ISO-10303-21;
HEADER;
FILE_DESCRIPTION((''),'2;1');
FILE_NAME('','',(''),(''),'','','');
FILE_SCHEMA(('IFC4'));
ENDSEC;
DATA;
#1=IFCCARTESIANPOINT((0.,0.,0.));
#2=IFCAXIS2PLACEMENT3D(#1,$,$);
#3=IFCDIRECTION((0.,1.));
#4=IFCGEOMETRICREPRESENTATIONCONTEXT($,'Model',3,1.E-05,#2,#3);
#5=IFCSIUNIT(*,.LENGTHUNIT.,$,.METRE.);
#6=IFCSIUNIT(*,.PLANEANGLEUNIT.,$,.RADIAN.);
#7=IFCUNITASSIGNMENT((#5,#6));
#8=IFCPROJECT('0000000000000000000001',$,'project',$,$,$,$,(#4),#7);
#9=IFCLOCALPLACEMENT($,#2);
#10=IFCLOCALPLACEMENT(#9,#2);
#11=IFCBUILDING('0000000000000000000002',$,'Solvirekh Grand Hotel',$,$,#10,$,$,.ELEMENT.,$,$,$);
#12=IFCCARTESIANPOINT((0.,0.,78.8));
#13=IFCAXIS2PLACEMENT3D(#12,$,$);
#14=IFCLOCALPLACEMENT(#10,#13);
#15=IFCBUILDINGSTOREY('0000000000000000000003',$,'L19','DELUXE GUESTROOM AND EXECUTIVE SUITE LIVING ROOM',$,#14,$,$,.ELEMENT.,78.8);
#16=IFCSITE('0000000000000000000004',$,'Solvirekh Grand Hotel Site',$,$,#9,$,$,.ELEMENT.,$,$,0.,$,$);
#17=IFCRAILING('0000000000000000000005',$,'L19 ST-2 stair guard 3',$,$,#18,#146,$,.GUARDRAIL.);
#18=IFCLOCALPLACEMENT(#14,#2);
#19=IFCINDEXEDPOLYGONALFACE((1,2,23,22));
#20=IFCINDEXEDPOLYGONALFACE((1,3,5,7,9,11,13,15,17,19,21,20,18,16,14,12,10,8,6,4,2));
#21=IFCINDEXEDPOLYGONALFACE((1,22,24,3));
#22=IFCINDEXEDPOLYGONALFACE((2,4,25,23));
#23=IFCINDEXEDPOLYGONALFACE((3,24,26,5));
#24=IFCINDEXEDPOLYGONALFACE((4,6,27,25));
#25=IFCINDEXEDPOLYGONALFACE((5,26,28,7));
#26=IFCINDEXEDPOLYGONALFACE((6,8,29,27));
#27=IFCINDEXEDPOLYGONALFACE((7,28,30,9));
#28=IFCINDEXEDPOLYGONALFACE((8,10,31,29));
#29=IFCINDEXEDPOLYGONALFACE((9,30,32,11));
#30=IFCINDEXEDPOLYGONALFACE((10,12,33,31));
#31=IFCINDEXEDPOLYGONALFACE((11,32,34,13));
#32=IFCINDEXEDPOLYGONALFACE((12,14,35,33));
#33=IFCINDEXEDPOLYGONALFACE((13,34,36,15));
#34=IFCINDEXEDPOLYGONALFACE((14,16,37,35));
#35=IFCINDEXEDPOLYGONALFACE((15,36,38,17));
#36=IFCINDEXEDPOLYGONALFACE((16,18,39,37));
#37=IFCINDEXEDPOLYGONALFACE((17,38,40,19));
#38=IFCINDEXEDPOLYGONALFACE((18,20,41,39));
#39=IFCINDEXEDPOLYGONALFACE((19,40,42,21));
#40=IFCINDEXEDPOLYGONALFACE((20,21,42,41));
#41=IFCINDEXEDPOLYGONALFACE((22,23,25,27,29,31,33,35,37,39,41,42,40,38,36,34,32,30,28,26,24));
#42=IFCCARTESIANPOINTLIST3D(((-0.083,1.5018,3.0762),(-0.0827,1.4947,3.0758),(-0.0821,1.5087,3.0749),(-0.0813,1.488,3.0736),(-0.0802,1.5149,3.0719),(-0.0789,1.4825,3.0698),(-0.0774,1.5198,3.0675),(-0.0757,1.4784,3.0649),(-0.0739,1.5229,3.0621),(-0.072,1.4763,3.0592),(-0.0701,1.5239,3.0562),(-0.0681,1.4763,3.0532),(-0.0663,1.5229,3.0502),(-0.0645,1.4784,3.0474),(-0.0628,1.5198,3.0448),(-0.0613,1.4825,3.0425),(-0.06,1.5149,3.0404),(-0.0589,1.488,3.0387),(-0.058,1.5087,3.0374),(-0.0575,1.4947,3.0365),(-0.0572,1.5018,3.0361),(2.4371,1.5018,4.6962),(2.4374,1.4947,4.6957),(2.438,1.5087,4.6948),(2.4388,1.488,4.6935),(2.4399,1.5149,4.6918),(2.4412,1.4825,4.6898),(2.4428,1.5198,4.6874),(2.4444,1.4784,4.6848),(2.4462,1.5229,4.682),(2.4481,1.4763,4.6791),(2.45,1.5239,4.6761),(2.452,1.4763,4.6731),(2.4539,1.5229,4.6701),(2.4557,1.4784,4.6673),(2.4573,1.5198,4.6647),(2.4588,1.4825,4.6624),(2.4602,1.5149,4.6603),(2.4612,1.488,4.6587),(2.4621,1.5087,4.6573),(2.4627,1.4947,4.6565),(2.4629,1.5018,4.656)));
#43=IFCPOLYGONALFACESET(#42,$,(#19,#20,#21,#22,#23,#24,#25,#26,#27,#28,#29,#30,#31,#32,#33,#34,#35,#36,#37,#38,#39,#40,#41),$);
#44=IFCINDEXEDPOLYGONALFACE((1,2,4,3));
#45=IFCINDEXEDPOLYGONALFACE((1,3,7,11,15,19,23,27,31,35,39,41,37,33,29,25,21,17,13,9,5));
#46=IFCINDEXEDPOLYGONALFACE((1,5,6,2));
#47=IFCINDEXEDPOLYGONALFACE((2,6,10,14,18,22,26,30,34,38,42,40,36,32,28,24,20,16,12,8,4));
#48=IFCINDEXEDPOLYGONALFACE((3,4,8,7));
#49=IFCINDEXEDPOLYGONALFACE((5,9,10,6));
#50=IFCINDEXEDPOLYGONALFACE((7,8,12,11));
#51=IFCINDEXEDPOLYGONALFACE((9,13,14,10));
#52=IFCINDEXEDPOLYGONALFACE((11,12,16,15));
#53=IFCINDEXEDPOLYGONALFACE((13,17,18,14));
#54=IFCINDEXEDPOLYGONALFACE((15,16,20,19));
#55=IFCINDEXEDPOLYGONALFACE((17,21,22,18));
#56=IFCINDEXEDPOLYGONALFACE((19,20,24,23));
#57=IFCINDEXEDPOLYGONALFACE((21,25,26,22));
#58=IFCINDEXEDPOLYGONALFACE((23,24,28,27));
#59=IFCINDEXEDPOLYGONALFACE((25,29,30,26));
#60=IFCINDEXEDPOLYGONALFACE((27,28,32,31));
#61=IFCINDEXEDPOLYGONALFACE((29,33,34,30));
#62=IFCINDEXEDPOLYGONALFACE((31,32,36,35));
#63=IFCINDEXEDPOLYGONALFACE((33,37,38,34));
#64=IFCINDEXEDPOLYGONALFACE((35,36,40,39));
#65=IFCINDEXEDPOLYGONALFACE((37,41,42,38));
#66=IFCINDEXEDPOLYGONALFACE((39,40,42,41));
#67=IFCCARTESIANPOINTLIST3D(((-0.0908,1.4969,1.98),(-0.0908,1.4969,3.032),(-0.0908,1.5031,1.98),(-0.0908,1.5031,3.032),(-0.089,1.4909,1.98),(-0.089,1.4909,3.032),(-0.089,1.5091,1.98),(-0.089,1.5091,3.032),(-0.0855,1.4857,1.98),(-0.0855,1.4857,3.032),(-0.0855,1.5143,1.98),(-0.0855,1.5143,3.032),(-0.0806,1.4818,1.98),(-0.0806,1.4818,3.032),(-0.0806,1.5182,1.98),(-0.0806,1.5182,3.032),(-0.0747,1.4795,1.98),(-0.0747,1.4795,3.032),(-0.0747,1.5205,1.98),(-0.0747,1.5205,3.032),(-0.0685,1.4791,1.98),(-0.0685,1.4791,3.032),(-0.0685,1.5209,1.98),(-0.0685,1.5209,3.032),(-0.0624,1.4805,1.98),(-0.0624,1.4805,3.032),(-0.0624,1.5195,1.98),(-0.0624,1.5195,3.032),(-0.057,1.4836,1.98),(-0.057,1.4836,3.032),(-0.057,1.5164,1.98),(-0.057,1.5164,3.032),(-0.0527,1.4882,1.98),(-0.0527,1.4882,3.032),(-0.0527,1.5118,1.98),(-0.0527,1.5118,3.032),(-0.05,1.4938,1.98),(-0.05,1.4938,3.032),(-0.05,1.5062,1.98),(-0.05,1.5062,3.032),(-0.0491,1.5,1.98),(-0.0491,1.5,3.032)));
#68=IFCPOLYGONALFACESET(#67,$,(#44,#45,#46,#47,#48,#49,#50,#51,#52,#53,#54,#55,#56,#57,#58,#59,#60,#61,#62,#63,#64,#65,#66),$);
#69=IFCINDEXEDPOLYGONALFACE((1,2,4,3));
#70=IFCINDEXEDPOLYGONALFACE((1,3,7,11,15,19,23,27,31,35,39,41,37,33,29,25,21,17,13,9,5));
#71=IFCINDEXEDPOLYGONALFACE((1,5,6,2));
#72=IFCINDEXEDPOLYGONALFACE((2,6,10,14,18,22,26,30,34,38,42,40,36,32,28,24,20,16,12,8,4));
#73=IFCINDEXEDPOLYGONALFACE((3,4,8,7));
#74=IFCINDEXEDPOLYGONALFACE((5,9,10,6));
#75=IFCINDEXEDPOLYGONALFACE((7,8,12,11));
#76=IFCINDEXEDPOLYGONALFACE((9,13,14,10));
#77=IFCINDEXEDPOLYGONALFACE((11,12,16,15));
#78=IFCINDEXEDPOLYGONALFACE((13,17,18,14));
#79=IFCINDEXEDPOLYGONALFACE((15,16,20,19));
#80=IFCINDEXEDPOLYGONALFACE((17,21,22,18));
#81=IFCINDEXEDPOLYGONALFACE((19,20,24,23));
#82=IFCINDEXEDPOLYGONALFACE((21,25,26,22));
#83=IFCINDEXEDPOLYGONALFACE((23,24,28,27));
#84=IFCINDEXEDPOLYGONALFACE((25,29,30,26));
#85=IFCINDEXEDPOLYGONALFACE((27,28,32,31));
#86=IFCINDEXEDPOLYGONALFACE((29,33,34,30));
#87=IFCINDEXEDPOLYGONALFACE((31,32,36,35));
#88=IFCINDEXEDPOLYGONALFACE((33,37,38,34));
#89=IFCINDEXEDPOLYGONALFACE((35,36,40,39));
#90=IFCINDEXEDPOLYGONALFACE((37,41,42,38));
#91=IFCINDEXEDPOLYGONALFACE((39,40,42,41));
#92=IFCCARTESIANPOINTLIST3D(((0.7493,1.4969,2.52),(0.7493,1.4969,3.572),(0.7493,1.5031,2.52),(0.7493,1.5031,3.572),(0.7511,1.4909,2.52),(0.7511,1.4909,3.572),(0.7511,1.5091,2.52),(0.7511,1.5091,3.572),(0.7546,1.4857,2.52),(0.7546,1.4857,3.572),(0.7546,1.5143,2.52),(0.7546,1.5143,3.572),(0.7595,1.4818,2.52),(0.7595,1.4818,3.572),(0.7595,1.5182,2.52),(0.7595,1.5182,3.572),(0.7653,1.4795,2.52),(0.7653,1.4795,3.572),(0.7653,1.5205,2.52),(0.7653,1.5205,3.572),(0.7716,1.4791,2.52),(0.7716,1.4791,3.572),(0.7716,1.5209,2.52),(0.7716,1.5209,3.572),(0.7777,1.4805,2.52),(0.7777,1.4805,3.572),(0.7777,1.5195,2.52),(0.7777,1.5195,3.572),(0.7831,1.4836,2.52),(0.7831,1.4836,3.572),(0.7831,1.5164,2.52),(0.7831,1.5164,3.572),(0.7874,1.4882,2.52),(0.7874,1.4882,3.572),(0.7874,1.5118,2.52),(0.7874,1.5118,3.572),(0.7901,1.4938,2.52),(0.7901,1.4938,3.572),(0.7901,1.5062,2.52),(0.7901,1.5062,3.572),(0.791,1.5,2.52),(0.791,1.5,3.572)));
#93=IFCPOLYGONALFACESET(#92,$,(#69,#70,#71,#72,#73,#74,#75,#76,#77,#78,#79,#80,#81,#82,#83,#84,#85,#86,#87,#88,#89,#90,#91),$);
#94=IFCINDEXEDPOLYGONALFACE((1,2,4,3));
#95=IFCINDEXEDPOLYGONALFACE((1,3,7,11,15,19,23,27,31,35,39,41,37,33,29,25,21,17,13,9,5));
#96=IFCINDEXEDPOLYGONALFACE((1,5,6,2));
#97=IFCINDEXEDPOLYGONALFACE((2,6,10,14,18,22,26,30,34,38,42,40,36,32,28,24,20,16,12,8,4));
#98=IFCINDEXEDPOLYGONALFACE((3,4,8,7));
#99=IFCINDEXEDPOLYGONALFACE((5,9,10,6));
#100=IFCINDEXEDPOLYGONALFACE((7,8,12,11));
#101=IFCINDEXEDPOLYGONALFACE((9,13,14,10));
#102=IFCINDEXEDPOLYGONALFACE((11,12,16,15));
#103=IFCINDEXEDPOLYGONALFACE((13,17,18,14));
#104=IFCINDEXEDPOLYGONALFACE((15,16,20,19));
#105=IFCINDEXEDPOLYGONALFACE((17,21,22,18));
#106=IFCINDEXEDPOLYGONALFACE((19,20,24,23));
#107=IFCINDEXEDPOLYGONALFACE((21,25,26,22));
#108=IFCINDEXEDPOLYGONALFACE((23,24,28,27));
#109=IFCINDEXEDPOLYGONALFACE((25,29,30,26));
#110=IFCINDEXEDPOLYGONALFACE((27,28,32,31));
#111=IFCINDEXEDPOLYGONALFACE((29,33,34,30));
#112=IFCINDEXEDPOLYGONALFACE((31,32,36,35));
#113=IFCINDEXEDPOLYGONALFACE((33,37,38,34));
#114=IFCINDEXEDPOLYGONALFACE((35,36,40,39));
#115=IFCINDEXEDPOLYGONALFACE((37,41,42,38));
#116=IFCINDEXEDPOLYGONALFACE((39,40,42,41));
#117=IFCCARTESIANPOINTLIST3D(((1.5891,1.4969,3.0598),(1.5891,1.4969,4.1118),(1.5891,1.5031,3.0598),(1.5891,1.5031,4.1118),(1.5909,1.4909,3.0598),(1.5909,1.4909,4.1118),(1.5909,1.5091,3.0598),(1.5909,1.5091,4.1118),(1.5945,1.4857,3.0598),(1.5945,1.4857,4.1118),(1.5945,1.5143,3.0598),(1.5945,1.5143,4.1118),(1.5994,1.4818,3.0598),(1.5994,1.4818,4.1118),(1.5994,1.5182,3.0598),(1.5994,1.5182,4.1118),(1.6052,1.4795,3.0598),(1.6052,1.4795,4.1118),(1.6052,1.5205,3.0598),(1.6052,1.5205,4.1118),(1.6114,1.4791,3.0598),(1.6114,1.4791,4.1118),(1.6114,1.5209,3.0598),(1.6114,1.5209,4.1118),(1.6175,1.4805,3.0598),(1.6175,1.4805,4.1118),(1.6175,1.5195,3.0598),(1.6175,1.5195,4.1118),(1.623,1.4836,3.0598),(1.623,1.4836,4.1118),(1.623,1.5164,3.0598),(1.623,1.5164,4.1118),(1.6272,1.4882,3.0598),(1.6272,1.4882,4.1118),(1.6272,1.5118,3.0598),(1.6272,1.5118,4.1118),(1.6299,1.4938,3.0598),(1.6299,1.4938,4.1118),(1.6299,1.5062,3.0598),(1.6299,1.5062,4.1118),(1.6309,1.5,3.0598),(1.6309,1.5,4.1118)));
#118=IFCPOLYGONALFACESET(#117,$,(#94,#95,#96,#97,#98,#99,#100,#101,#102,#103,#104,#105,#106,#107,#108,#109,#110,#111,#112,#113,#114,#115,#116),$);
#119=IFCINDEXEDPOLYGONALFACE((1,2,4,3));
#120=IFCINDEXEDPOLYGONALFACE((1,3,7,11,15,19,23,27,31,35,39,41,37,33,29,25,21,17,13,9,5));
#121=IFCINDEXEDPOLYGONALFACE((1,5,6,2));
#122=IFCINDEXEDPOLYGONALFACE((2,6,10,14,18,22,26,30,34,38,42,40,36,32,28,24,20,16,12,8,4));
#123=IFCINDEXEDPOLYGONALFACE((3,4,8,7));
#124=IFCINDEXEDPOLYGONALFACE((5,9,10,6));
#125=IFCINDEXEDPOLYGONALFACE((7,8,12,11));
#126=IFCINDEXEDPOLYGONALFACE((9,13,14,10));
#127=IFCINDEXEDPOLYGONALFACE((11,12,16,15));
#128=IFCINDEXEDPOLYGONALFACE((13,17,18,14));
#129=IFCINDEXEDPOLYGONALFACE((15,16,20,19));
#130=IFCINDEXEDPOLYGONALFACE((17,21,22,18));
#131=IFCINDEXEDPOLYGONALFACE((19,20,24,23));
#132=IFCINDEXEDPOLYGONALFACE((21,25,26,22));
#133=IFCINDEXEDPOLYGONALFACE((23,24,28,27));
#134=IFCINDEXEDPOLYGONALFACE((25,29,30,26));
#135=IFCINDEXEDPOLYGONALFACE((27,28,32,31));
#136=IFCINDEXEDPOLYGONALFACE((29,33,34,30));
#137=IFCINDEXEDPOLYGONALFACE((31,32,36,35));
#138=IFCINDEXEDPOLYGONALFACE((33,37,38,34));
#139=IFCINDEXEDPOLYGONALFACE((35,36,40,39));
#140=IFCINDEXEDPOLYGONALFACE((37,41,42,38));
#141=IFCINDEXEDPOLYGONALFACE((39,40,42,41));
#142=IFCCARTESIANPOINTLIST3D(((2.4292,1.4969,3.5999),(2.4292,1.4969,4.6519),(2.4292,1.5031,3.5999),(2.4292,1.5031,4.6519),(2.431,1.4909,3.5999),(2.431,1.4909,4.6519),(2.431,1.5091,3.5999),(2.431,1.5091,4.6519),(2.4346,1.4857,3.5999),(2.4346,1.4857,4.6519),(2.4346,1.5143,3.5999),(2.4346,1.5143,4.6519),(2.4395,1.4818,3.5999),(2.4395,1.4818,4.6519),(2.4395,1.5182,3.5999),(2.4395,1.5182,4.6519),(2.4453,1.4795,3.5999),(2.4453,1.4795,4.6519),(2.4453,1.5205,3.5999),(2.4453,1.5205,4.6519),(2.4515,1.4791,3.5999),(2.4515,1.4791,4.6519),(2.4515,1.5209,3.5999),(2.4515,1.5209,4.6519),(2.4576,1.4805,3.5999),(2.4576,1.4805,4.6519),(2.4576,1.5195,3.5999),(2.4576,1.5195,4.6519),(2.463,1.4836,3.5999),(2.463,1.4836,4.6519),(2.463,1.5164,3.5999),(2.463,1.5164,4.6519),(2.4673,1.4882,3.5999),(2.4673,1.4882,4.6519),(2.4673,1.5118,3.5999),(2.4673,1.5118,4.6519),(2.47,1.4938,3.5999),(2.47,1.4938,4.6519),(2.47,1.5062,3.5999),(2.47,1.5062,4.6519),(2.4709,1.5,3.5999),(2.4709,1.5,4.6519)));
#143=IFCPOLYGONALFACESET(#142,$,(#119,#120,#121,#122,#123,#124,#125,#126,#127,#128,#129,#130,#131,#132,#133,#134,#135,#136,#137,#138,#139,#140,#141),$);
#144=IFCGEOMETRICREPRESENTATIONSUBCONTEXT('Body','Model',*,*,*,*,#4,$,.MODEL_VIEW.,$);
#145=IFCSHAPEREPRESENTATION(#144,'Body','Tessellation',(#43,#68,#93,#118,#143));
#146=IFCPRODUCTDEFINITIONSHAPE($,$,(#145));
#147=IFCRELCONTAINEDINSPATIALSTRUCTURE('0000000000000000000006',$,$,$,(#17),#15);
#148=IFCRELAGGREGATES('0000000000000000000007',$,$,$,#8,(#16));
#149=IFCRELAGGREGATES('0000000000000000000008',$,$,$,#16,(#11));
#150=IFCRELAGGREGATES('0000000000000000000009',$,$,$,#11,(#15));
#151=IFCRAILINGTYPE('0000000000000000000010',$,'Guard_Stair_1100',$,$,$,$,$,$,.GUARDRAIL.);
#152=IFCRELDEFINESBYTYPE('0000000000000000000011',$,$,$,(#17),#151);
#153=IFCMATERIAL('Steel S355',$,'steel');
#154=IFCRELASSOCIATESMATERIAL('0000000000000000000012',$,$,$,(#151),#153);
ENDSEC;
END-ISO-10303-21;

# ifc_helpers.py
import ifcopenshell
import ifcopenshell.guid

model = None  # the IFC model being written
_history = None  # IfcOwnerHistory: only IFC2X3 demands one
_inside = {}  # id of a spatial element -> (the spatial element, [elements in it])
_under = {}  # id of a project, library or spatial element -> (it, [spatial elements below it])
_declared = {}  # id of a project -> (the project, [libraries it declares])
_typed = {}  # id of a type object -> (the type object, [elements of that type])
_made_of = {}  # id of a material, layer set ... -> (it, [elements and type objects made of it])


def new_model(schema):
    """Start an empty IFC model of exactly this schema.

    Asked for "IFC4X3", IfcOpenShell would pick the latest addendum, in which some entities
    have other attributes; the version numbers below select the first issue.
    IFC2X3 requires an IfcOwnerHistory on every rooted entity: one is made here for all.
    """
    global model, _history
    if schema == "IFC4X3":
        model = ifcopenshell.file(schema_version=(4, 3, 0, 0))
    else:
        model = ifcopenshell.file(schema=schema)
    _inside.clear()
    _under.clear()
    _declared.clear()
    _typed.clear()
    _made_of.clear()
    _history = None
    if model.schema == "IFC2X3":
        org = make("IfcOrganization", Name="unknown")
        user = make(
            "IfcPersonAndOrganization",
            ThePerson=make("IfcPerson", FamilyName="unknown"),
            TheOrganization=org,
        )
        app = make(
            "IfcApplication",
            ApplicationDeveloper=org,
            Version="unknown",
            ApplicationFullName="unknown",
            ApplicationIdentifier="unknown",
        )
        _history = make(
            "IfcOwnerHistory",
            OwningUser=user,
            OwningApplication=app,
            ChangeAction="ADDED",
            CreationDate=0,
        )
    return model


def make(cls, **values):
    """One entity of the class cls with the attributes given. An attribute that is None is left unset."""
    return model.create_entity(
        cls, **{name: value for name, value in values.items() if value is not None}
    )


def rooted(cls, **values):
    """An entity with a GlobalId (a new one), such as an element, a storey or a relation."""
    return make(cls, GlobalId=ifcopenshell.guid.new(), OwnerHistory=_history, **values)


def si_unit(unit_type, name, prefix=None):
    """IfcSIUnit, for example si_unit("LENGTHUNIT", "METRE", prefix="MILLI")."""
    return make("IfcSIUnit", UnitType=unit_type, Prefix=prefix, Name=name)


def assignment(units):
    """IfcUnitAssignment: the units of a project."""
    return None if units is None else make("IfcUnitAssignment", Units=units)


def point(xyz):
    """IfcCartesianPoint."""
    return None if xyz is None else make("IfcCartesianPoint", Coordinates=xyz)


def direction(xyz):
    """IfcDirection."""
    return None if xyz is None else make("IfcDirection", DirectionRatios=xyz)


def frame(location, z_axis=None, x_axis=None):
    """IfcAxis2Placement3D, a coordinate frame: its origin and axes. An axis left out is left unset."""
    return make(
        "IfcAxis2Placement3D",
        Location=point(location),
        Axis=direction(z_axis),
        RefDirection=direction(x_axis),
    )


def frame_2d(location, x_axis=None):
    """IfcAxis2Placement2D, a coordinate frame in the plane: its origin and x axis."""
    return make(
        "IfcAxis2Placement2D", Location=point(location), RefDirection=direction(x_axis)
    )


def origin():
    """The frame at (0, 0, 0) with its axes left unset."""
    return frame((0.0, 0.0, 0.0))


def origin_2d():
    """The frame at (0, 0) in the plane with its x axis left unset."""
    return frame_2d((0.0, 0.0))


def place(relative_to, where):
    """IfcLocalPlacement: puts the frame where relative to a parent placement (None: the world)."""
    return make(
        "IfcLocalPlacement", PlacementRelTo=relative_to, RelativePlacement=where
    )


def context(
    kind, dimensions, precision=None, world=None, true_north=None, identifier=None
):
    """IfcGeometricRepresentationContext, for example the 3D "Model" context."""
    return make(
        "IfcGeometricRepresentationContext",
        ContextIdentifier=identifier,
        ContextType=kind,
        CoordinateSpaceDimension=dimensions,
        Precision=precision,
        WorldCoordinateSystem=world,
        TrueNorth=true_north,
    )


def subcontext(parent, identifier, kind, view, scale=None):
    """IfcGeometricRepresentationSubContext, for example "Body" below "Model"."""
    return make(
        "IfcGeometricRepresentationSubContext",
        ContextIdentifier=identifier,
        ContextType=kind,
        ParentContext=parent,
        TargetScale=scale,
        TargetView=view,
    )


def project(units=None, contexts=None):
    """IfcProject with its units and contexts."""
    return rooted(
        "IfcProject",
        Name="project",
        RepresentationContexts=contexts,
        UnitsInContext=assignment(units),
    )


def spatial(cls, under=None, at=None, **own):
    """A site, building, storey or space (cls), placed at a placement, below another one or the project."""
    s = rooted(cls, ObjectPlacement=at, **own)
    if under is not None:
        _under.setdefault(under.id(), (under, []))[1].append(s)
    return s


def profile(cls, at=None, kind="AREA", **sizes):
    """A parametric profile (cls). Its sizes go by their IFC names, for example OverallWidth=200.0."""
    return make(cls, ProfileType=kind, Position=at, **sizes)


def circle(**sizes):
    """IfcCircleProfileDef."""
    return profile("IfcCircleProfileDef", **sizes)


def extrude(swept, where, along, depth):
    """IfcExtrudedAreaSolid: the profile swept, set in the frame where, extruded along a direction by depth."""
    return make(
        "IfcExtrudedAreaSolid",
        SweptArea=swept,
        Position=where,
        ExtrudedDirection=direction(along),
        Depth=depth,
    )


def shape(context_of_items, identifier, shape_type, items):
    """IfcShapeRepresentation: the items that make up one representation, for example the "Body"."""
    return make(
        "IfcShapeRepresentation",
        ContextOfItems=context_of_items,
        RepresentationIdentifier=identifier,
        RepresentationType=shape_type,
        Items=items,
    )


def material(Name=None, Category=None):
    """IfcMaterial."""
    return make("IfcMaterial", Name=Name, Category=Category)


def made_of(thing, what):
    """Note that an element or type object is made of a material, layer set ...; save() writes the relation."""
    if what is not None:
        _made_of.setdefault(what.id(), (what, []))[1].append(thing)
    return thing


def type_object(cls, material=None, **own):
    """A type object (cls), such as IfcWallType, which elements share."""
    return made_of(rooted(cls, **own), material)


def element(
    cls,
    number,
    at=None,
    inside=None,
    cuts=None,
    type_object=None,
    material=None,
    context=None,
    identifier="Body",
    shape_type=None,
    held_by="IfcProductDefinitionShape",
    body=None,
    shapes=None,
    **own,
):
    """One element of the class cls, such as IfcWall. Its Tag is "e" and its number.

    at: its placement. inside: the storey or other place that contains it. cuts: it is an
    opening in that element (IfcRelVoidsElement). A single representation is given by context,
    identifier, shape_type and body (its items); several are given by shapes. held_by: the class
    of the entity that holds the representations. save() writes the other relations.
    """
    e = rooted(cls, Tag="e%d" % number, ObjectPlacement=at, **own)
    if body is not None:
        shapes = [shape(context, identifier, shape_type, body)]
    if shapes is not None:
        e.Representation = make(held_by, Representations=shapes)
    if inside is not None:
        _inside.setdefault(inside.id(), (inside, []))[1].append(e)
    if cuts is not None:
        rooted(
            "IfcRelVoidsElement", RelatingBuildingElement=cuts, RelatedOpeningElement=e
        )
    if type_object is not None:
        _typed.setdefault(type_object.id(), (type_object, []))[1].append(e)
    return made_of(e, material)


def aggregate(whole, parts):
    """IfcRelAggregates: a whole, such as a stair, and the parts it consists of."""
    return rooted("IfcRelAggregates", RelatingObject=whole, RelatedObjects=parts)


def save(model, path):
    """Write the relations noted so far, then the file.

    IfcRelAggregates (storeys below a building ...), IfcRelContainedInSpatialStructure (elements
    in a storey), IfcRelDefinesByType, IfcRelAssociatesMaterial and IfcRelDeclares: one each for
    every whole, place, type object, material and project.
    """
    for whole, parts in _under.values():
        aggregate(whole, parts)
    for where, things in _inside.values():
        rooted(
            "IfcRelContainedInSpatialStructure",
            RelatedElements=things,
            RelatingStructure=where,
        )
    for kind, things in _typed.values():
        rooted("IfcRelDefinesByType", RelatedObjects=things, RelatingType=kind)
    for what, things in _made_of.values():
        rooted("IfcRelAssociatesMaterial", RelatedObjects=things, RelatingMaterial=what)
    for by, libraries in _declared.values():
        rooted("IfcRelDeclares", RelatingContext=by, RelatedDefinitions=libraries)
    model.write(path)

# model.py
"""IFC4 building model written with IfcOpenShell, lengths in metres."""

from ifc_helpers import new_model, si_unit, direction, frame, origin, origin_2d, place, context, subcontext, project, spatial, circle, extrude, material, type_object, element, save


model = new_model("IFC4")

# Units and contexts
model_context = context("Model", 3, precision=1e-05, world=origin(), true_north=direction((0.0, 1.0)))
body_context = subcontext(model_context, "Body", "Model", "MODEL_VIEW")
ifc_project = project(units=[si_unit("LENGTHUNIT", "METRE"), si_unit("PLANEANGLEUNIT", "RADIAN")], contexts=[model_context])

# Site, building, storey
site_placement = place(None, origin())
site = spatial("IfcSite", under=ifc_project, at=site_placement, Name="Solvirekh Grand Hotel Site", CompositionType="ELEMENT", RefElevation=0.0)
building_placement = place(site_placement, origin())
building = spatial("IfcBuilding", under=site, at=building_placement, Name="Solvirekh Grand Hotel", CompositionType="ELEMENT")
storey_placement = place(building_placement, frame((0.0, 0.0, 78.8)))
storey = spatial("IfcBuildingStorey", under=building, at=storey_placement, Name="L19", Description="DELUXE GUESTROOM AND EXECUTIVE SUITE LIVING ROOM", CompositionType="ELEMENT", Elevation=78.8)

# Railing
ifc_material_1 = material(Name="Steel S355", Category="steel")
railing_type_1 = type_object("IfcRailingType", Name="Guard_Stair_1100", PredefinedType="GUARDRAIL", material=ifc_material_1)
railing_1_placement = place(storey_placement, frame((-0.0701, 1.5, 1.98)))
element("IfcRailing", 1, at=railing_1_placement, inside=storey, type_object=railing_type_1, Name="L19 ST-2 stair guard 3", PredefinedType="GUARDRAIL", context=body_context, shape_type="SweptSolid", body=[
    extrude(circle(Radius=0.0239, at=origin_2d()), frame((0.0, 0.0, 1.0762), z_axis=(0.8412, 0.0, 0.540725), x_axis=(0.0, 1.0, 0.0)), (0.0, 0.0, 1.0), 2.9958),
    extrude(circle(Radius=0.021, at=origin_2d()), origin(), (0.0, 0.0, 1.0), 1.052),
    extrude(circle(Radius=0.021, at=origin_2d()), frame((0.8401, 0.0, 0.54)), (0.0, 0.0, 1.0), 1.052),
    extrude(circle(Radius=0.021, at=origin_2d()), frame((1.6799, 0.0, 1.0798)), (0.0, 0.0, 1.0), 1.052),
    extrude(circle(Radius=0.021, at=origin_2d()), frame((2.52, 0.0, 1.6199)), (0.0, 0.0, 1.0), 1.052),
])

save(model, "model.ifc")
